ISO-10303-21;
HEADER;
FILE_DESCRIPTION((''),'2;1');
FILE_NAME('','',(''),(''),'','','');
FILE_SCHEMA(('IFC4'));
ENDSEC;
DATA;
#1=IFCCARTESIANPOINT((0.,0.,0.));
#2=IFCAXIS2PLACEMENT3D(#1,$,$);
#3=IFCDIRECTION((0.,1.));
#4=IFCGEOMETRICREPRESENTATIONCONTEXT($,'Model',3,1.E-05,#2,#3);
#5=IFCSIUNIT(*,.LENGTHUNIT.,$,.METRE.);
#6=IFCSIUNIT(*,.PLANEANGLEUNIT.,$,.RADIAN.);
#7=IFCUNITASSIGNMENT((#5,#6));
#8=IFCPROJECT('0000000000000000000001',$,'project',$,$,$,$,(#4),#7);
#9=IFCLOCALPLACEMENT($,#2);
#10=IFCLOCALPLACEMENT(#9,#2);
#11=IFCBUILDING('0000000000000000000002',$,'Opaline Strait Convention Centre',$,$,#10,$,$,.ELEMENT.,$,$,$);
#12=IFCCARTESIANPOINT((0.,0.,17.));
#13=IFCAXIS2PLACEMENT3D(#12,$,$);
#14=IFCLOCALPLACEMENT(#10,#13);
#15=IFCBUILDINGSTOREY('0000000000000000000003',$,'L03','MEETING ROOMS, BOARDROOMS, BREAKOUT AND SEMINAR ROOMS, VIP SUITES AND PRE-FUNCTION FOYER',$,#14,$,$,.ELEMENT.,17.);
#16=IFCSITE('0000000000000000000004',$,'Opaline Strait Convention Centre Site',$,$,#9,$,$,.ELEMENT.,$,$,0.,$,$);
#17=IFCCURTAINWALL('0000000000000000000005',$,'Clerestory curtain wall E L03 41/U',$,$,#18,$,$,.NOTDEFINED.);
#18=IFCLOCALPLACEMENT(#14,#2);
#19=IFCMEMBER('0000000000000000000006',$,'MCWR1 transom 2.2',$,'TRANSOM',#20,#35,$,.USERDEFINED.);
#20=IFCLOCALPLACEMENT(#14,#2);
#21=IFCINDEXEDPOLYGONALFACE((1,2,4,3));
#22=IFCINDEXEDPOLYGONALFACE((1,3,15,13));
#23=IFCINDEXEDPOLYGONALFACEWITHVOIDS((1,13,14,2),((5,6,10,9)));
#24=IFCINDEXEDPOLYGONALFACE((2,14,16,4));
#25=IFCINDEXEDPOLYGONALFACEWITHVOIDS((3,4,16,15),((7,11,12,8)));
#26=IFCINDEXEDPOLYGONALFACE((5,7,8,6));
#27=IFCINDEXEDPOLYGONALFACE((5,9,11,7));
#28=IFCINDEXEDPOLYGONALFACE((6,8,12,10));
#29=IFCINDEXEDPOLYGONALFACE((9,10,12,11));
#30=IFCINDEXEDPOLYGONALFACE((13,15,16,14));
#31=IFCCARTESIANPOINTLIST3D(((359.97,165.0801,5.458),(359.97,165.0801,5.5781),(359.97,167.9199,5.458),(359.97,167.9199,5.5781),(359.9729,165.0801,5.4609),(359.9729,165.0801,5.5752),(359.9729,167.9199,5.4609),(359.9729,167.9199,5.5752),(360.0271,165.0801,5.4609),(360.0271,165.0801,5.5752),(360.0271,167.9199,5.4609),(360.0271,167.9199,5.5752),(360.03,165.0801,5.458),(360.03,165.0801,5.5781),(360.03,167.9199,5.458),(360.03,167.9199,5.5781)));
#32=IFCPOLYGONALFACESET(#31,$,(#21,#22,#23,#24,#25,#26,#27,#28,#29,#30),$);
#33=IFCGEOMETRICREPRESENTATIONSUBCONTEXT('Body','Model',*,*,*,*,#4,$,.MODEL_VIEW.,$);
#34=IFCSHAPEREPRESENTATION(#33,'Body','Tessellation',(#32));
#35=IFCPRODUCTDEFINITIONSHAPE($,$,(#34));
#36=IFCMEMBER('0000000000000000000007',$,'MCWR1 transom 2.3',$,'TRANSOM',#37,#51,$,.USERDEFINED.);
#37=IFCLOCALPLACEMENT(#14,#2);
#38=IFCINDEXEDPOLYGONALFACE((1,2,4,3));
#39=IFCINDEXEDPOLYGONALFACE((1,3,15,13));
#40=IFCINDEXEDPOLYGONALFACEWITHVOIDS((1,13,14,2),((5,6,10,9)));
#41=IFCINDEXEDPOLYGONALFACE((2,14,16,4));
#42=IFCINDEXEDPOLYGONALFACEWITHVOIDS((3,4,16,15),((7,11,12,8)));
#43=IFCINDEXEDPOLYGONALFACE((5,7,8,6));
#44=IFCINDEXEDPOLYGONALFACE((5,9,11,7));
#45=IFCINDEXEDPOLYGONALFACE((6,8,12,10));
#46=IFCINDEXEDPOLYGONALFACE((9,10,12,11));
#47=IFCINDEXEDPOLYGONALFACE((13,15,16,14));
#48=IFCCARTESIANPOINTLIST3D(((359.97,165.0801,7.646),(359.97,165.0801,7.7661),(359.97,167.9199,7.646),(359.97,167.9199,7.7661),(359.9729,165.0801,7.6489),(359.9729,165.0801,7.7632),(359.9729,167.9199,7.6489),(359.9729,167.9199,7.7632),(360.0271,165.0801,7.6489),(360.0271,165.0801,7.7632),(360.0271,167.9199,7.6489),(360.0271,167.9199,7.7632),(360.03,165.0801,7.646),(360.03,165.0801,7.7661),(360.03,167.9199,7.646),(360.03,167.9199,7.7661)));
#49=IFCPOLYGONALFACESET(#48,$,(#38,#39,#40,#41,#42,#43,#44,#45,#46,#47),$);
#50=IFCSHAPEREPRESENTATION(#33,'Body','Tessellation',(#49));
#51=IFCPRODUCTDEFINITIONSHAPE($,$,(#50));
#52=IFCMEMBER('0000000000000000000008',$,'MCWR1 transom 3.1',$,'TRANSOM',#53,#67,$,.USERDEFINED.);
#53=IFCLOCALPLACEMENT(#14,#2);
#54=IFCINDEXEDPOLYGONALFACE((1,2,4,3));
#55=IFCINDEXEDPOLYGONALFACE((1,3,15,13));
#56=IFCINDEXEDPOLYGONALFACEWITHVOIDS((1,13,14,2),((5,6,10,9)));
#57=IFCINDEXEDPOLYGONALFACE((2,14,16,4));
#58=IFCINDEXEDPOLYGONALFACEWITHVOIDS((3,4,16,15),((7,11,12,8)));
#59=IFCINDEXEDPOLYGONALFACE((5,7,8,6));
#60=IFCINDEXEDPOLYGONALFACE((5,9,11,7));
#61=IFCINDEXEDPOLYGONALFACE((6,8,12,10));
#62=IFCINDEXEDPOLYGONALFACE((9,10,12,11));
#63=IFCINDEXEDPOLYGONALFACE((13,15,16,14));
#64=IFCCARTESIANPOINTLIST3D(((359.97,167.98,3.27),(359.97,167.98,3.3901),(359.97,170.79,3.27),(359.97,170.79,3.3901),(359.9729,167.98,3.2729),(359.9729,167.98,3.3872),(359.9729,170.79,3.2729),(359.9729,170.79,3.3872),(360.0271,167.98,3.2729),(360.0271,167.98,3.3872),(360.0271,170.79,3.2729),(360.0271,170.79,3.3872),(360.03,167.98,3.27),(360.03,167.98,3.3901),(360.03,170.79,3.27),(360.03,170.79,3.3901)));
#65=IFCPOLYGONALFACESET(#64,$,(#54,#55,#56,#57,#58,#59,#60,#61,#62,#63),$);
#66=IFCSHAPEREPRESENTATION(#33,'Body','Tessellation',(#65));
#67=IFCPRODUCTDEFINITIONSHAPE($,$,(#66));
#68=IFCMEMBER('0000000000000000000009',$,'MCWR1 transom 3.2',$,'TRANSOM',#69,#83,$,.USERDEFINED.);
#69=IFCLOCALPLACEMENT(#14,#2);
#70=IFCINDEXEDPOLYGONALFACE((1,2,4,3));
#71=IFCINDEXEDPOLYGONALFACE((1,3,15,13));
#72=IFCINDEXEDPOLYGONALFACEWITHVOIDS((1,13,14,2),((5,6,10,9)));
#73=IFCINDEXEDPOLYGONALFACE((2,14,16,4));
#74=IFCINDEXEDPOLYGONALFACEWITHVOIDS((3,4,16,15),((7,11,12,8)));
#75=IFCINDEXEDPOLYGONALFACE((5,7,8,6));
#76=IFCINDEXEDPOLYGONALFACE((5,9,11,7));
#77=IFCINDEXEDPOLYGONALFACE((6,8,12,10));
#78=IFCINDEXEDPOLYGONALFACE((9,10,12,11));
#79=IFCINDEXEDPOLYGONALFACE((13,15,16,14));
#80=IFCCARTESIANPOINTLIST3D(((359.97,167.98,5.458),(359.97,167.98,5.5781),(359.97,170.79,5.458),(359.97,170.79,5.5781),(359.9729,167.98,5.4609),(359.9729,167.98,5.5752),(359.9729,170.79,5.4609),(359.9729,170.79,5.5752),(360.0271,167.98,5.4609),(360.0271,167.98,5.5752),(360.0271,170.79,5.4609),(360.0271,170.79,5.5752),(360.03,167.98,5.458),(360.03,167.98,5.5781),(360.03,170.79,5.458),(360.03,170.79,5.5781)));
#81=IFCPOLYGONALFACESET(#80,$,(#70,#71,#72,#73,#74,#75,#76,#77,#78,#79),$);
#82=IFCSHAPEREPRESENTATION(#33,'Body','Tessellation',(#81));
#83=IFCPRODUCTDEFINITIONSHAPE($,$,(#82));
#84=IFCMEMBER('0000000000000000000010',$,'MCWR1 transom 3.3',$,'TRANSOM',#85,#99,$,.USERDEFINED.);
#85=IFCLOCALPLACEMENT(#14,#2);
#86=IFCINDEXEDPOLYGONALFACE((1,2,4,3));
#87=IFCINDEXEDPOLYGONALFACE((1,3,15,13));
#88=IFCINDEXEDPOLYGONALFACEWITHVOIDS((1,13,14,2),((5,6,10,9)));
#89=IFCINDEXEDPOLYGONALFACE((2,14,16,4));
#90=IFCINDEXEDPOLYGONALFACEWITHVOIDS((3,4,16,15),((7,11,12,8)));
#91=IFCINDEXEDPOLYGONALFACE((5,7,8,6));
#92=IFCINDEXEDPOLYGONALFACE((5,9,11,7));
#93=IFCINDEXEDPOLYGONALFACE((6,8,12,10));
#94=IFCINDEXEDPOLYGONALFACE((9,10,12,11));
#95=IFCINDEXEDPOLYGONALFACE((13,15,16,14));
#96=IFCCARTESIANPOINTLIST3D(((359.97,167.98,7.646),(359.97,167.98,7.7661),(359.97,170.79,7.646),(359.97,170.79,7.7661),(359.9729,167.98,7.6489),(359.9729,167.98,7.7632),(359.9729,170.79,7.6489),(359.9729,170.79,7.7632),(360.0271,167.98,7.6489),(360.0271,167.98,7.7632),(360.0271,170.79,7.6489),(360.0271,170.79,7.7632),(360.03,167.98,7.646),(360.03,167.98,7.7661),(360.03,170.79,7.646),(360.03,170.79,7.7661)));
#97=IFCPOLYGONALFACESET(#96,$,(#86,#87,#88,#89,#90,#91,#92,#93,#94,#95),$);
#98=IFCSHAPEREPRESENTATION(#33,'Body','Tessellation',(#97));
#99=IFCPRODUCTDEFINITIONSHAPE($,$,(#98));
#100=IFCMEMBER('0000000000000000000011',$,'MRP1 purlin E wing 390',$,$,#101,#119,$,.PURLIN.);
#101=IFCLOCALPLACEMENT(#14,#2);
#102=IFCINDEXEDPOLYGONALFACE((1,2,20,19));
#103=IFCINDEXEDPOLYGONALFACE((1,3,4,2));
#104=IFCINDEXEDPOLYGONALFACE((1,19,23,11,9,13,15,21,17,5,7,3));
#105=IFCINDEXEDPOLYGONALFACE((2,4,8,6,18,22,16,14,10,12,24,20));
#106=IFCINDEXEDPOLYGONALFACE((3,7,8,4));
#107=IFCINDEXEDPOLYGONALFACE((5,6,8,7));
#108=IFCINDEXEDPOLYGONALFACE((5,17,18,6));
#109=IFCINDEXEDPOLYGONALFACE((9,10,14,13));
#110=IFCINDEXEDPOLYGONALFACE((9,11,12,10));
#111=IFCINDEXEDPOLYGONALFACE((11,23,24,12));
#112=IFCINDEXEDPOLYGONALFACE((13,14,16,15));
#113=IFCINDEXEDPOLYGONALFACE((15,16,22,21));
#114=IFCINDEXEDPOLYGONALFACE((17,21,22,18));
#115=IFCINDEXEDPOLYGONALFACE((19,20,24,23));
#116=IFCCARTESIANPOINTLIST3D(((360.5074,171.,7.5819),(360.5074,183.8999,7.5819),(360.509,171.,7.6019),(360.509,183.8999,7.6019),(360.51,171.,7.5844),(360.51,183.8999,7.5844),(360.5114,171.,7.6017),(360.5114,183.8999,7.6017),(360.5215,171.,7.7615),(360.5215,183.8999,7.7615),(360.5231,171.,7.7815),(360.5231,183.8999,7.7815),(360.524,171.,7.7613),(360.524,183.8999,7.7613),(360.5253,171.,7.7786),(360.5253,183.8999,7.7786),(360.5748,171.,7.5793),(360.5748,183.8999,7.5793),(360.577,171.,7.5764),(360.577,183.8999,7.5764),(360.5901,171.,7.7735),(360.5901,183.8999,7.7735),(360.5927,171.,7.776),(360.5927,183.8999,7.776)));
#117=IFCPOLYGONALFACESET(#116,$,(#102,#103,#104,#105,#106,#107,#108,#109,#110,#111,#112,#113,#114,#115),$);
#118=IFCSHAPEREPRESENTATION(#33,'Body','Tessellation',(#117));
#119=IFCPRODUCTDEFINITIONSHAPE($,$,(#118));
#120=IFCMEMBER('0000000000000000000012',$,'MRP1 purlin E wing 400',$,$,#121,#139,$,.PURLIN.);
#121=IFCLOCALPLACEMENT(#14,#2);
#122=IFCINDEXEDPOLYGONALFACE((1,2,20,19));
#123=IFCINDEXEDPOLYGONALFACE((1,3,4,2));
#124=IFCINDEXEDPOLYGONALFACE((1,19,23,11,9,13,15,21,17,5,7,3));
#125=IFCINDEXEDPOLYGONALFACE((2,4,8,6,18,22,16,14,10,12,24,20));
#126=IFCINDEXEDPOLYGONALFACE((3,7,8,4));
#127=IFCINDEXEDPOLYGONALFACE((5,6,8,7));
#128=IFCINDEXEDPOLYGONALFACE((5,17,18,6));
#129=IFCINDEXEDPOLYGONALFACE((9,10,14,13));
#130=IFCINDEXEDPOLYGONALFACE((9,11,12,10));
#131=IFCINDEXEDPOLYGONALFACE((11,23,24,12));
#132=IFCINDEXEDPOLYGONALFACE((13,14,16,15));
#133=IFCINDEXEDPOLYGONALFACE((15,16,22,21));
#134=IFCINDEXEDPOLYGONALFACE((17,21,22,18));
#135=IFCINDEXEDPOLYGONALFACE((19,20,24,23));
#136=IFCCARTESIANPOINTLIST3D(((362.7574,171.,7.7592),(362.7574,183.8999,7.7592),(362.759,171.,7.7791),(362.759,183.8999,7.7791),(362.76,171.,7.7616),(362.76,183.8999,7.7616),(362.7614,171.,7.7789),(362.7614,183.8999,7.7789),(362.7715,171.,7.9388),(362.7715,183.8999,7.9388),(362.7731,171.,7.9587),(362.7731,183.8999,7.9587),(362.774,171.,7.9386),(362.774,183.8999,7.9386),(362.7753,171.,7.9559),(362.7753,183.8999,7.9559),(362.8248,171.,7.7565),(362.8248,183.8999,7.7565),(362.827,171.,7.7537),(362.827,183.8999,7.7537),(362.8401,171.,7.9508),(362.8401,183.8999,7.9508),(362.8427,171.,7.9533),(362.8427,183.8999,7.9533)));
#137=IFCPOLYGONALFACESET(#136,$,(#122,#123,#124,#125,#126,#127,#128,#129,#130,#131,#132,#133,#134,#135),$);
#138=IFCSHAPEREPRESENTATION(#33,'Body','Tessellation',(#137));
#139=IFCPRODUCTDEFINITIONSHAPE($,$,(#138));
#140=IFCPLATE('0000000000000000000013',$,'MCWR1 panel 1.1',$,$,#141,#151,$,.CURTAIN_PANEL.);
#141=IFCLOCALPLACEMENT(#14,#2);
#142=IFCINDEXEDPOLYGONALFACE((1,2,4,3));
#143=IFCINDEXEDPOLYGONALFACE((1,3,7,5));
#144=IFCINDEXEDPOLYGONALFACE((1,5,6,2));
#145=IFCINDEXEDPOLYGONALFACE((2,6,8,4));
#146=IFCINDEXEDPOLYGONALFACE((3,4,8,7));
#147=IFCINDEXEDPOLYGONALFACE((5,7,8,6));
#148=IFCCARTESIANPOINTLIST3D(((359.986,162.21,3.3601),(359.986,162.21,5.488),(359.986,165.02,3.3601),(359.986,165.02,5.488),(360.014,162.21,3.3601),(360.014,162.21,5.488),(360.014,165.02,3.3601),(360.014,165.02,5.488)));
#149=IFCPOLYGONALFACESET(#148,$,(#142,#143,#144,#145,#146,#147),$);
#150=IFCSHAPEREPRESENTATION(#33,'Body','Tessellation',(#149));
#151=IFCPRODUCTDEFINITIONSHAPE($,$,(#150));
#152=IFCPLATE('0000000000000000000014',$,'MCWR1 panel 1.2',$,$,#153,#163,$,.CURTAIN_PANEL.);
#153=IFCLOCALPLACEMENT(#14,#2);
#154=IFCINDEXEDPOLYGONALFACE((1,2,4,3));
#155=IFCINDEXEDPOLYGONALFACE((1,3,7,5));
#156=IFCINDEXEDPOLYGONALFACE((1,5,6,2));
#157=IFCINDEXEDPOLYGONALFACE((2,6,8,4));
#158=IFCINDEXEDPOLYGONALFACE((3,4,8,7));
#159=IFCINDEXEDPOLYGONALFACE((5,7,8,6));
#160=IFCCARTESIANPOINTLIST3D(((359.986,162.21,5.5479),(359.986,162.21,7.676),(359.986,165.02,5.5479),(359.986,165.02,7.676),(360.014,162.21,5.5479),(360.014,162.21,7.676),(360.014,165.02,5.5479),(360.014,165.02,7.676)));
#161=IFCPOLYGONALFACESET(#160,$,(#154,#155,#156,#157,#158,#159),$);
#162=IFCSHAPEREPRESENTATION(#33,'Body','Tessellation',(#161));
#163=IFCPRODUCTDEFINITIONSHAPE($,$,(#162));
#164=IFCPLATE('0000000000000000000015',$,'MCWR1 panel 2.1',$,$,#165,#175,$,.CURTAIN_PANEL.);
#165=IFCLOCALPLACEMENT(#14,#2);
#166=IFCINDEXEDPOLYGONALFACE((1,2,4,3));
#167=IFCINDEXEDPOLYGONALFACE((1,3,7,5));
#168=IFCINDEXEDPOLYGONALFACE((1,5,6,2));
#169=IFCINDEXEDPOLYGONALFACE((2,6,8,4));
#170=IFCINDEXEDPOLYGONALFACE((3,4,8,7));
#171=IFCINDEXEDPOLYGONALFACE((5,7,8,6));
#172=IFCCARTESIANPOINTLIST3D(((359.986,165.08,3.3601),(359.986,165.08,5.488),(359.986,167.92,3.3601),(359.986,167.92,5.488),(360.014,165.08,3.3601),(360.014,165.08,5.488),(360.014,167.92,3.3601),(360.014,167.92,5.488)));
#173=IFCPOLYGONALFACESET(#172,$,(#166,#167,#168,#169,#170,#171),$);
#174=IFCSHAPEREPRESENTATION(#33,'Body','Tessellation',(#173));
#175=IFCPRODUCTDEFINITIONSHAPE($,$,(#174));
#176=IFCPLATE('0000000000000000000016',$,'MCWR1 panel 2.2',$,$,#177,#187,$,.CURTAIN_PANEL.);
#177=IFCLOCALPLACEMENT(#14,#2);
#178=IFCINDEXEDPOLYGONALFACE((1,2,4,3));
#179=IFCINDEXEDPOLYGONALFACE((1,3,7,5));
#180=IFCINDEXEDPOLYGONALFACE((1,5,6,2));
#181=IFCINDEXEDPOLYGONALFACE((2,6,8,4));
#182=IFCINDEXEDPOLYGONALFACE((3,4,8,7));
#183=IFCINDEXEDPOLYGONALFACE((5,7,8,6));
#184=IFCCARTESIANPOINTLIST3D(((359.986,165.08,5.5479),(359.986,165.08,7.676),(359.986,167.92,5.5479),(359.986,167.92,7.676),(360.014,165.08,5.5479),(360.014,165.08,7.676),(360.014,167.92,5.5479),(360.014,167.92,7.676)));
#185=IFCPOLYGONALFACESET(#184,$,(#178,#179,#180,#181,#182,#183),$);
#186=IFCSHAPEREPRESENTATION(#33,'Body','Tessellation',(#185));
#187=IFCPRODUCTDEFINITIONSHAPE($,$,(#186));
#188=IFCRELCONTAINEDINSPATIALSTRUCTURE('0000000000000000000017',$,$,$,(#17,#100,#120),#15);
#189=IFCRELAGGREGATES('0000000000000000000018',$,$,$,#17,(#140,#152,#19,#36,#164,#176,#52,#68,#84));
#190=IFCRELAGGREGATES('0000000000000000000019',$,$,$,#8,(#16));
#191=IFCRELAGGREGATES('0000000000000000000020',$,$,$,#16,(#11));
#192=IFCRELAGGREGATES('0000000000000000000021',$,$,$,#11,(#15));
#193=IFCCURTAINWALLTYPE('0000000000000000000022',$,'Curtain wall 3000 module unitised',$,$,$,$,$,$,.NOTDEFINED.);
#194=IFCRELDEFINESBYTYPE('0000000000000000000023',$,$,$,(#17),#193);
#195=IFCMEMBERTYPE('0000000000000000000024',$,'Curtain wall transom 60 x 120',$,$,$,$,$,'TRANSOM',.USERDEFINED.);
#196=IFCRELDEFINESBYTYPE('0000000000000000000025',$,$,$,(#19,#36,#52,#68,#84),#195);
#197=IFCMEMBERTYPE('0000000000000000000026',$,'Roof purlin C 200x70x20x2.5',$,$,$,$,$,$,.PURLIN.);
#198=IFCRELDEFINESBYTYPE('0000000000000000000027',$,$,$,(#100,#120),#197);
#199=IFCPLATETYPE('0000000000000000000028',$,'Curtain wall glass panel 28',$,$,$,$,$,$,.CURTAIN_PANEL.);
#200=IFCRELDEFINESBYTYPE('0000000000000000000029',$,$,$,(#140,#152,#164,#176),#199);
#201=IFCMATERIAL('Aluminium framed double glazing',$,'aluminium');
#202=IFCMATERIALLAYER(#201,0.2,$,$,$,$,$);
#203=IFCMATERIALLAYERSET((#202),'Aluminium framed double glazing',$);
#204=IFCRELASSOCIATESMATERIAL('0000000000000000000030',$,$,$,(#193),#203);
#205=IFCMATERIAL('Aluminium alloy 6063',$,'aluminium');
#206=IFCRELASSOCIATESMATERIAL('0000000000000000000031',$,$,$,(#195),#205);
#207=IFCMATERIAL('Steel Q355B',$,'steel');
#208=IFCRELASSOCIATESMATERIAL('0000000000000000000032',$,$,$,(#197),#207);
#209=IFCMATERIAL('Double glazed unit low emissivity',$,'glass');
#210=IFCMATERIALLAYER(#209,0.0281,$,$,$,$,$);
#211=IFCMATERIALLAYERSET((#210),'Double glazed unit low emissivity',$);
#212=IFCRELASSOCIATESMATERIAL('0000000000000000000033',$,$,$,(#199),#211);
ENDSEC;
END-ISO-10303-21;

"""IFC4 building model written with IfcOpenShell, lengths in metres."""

from ifc_helpers import new_model, si_unit, direction, frame, origin, origin_2d, place, context, subcontext, project, spatial, polyline, rectangle, hollow_rectangle, outline, extrude, material, layer, layer_set, material_profile, profile_set, type_object, element, aggregate, save


model = new_model("IFC4")

# Units and contexts
model_context = context("Model", 3, precision=1e-05, world=origin(), true_north=direction((0.0, 1.0)))
body_context = subcontext(model_context, "Body", "Model", "MODEL_VIEW")
ifc_project = project(units=[si_unit("LENGTHUNIT", "METRE"), si_unit("PLANEANGLEUNIT", "RADIAN")], contexts=[model_context])

# Site, building, storey
site_placement = place(None, origin())
site = spatial("IfcSite", under=ifc_project, at=site_placement, Name="Opaline Strait Convention Centre Site", CompositionType="ELEMENT", RefElevation=0.0)
building_placement = place(site_placement, origin())
building = spatial("IfcBuilding", under=site, at=building_placement, Name="Opaline Strait Convention Centre", CompositionType="ELEMENT")
storey_placement = place(building_placement, frame((0.0, 0.0, 17.0)))
storey = spatial("IfcBuildingStorey", under=building, at=storey_placement, Name="L03", Description="MEETING ROOMS, BOARDROOMS, BREAKOUT AND SEMINAR ROOMS, VIP SUITES AND PRE-FUNCTION FOYER", CompositionType="ELEMENT", Elevation=17.0)

# Shared definitions
ifc_material_1 = material(Name="Steel Q355B", Category="steel")

# Curtain wall
ifc_material_2 = material(Name="Aluminium framed double glazing", Category="aluminium")
ifc_layer_1 = layer(ifc_material_2, 0.2)
ifc_layer_set_1 = layer_set([ifc_layer_1], Name="Aluminium framed double glazing")
curtain_wall_type = type_object("IfcCurtainWallType", Name="Curtain wall 3000 module unitised", PredefinedType="NOTDEFINED", material=ifc_layer_set_1)
curtain_wall_1_placement = place(storey_placement, origin())
curtain_wall_1 = element("IfcCurtainWall", 1, at=curtain_wall_1_placement, inside=storey, type_object=curtain_wall_type, Name="Clerestory curtain wall E L03 41/U", PredefinedType="NOTDEFINED")
ifc_material_3 = material(Name="Aluminium alloy 6063", Category="aluminium")

# Members
ifc_material_profile_1 = material_profile(ifc_material_3, hollow_rectangle(XDim=0.0601, YDim=0.1201, WallThickness=0.0029, at=origin_2d()), Name="TRANSOM 60x120x3")
ifc_profile_set_1 = profile_set([ifc_material_profile_1], Name="Aluminium alloy 6063")
member_type_1 = type_object("IfcMemberType", Name="Curtain wall transom 60 x 120", ElementType="TRANSOM", PredefinedType="USERDEFINED", material=ifc_profile_set_1)
member_1_placement = place(storey_placement, frame((360.0, 165.0801, 5.5181), z_axis=(0.0, 1.0, 0.0), x_axis=(-1.0, 0.0, 0.0)))
member_1 = element("IfcMember", 2, at=member_1_placement, type_object=member_type_1, Name="MCWR1 transom 2.2", ObjectType="TRANSOM", PredefinedType="USERDEFINED", context=body_context, shape_type="SweptSolid", body=[
    extrude(hollow_rectangle(XDim=0.0601, YDim=0.1201, WallThickness=0.0029, at=origin_2d()), origin(), (0.0, 0.0, 1.0), 2.8398),
])
member_2_placement = place(storey_placement, frame((360.0, 165.0801, 7.7061), z_axis=(0.0, 1.0, 0.0), x_axis=(-1.0, 0.0, 0.0)))
member_2 = element("IfcMember", 3, at=member_2_placement, type_object=member_type_1, Name="MCWR1 transom 2.3", ObjectType="TRANSOM", PredefinedType="USERDEFINED", context=body_context, shape_type="SweptSolid", body=[
    extrude(hollow_rectangle(XDim=0.0601, YDim=0.1201, WallThickness=0.0029, at=origin_2d()), origin(), (0.0, 0.0, 1.0), 2.8398),
])
member_3_placement = place(storey_placement, frame((360.0, 167.98, 3.3301), z_axis=(0.0, 1.0, 0.0), x_axis=(-1.0, 0.0, 0.0)))
member_3 = element("IfcMember", 4, at=member_3_placement, type_object=member_type_1, Name="MCWR1 transom 3.1", ObjectType="TRANSOM", PredefinedType="USERDEFINED", context=body_context, shape_type="SweptSolid", body=[
    extrude(hollow_rectangle(XDim=0.0601, YDim=0.1201, WallThickness=0.0029, at=origin_2d()), origin(), (0.0, 0.0, 1.0), 2.8101),
])
member_4_placement = place(storey_placement, frame((360.0, 167.98, 5.5181), z_axis=(0.0, 1.0, 0.0), x_axis=(-1.0, 0.0, 0.0)))
member_4 = element("IfcMember", 5, at=member_4_placement, type_object=member_type_1, Name="MCWR1 transom 3.2", ObjectType="TRANSOM", PredefinedType="USERDEFINED", context=body_context, shape_type="SweptSolid", body=[
    extrude(hollow_rectangle(XDim=0.0601, YDim=0.1201, WallThickness=0.0029, at=origin_2d()), origin(), (0.0, 0.0, 1.0), 2.8101),
])
member_5_placement = place(storey_placement, frame((360.0, 167.98, 7.7061), z_axis=(0.0, 1.0, 0.0), x_axis=(-1.0, 0.0, 0.0)))
member_5 = element("IfcMember", 6, at=member_5_placement, type_object=member_type_1, Name="MCWR1 transom 3.3", ObjectType="TRANSOM", PredefinedType="USERDEFINED", context=body_context, shape_type="SweptSolid", body=[
    extrude(hollow_rectangle(XDim=0.0601, YDim=0.1201, WallThickness=0.0029, at=origin_2d()), origin(), (0.0, 0.0, 1.0), 2.8101),
])

# Members
ifc_material_profile_2 = material_profile(ifc_material_1, outline(polyline([(-0.0349, -0.1001), (0.0349, -0.1001), (0.0349, -0.0801), (0.0325, -0.0801), (0.0325, -0.0974), (-0.0325, -0.0974), (-0.0325, 0.0974), (0.0325, 0.0974), (0.0325, 0.0801), (0.0349, 0.0801), (0.0349, 0.1001), (-0.0349, 0.1001), (-0.0349, -0.1001)])), Name="C 200x70x20x2.5")
ifc_profile_set_2 = profile_set([ifc_material_profile_2], Name="Steel Q355B")
member_type_2 = type_object("IfcMemberType", Name="Roof purlin C 200x70x20x2.5", PredefinedType="PURLIN", material=ifc_profile_set_2)
for number, where, z_axis, x_axis, name in (
    (7, (360.55, 171.0, 7.679), (0.0, 1.0, 0.0), (-0.996917, 0.0, 0.078459), "MRP1 purlin E wing 390"),
    (8, (362.8, 171.0, 7.8562), (0.0, 1.0, 0.0), (-0.996917, 0.0, 0.078459), "MRP1 purlin E wing 400"),
):
    element("IfcMember", number, at=place(storey_placement, frame(where, z_axis=z_axis, x_axis=x_axis)), inside=storey, type_object=member_type_2, Name=name, PredefinedType="PURLIN", context=body_context, shape_type="SweptSolid", body=[
        extrude(outline(polyline([(-0.0349, -0.1001), (0.0349, -0.1001), (0.0349, -0.0801), (0.0325, -0.0801), (0.0325, -0.0974), (-0.0325, -0.0974), (-0.0325, 0.0974), (0.0325, 0.0974), (0.0325, 0.0801), (0.0349, 0.0801), (0.0349, 0.1001), (-0.0349, 0.1001), (-0.0349, -0.1001)])), origin(), (0.0, 0.0, 1.0), 12.8999),
    ])

# Plates
ifc_material_4 = material(Name="Double glazed unit low emissivity", Category="glass")
ifc_layer_2 = layer(ifc_material_4, 0.0281)
ifc_layer_set_2 = layer_set([ifc_layer_2], Name="Double glazed unit low emissivity")
plate_type = type_object("IfcPlateType", Name="Curtain wall glass panel 28", PredefinedType="CURTAIN_PANEL", material=ifc_layer_set_2)
plate_1_placement = place(storey_placement, frame((360.0, 163.615, 3.3601), z_axis=(0.0, 0.0, 1.0), x_axis=(0.0, 1.0, 0.0)))
plate_1 = element("IfcPlate", 9, at=plate_1_placement, type_object=plate_type, Name="MCWR1 panel 1.1", PredefinedType="CURTAIN_PANEL", context=body_context, shape_type="SweptSolid", body=[
    extrude(rectangle(XDim=2.8101, YDim=0.0281, at=origin_2d()), origin(), (0.0, 0.0, 1.0), 2.1279),
])
plate_2_placement = place(storey_placement, frame((360.0, 163.615, 5.5479), z_axis=(0.0, 0.0, 1.0), x_axis=(0.0, 1.0, 0.0)))
plate_2 = element("IfcPlate", 10, at=plate_2_placement, type_object=plate_type, Name="MCWR1 panel 1.2", PredefinedType="CURTAIN_PANEL", context=body_context, shape_type="SweptSolid", body=[
    extrude(rectangle(XDim=2.8101, YDim=0.0281, at=origin_2d()), origin(), (0.0, 0.0, 1.0), 2.1282),
])
plate_3_placement = place(storey_placement, frame((360.0, 166.5, 3.3601), z_axis=(0.0, 0.0, 1.0), x_axis=(0.0, 1.0, 0.0)))
plate_3 = element("IfcPlate", 11, at=plate_3_placement, type_object=plate_type, Name="MCWR1 panel 2.1", PredefinedType="CURTAIN_PANEL", context=body_context, shape_type="SweptSolid", body=[
    extrude(rectangle(XDim=2.8401, YDim=0.0281, at=origin_2d()), origin(), (0.0, 0.0, 1.0), 2.1279),
])
plate_4_placement = place(storey_placement, frame((360.0, 166.5, 5.5479), z_axis=(0.0, 0.0, 1.0), x_axis=(0.0, 1.0, 0.0)))
plate_4 = element("IfcPlate", 12, at=plate_4_placement, type_object=plate_type, Name="MCWR1 panel 2.2", PredefinedType="CURTAIN_PANEL", context=body_context, shape_type="SweptSolid", body=[
    extrude(rectangle(XDim=2.8401, YDim=0.0281, at=origin_2d()), origin(), (0.0, 0.0, 1.0), 2.1282),
])
aggregate(curtain_wall_1, [plate_1, plate_2, member_1, member_2, plate_3, plate_4, member_3, member_4, member_5])

save(model, "model.ifc")
